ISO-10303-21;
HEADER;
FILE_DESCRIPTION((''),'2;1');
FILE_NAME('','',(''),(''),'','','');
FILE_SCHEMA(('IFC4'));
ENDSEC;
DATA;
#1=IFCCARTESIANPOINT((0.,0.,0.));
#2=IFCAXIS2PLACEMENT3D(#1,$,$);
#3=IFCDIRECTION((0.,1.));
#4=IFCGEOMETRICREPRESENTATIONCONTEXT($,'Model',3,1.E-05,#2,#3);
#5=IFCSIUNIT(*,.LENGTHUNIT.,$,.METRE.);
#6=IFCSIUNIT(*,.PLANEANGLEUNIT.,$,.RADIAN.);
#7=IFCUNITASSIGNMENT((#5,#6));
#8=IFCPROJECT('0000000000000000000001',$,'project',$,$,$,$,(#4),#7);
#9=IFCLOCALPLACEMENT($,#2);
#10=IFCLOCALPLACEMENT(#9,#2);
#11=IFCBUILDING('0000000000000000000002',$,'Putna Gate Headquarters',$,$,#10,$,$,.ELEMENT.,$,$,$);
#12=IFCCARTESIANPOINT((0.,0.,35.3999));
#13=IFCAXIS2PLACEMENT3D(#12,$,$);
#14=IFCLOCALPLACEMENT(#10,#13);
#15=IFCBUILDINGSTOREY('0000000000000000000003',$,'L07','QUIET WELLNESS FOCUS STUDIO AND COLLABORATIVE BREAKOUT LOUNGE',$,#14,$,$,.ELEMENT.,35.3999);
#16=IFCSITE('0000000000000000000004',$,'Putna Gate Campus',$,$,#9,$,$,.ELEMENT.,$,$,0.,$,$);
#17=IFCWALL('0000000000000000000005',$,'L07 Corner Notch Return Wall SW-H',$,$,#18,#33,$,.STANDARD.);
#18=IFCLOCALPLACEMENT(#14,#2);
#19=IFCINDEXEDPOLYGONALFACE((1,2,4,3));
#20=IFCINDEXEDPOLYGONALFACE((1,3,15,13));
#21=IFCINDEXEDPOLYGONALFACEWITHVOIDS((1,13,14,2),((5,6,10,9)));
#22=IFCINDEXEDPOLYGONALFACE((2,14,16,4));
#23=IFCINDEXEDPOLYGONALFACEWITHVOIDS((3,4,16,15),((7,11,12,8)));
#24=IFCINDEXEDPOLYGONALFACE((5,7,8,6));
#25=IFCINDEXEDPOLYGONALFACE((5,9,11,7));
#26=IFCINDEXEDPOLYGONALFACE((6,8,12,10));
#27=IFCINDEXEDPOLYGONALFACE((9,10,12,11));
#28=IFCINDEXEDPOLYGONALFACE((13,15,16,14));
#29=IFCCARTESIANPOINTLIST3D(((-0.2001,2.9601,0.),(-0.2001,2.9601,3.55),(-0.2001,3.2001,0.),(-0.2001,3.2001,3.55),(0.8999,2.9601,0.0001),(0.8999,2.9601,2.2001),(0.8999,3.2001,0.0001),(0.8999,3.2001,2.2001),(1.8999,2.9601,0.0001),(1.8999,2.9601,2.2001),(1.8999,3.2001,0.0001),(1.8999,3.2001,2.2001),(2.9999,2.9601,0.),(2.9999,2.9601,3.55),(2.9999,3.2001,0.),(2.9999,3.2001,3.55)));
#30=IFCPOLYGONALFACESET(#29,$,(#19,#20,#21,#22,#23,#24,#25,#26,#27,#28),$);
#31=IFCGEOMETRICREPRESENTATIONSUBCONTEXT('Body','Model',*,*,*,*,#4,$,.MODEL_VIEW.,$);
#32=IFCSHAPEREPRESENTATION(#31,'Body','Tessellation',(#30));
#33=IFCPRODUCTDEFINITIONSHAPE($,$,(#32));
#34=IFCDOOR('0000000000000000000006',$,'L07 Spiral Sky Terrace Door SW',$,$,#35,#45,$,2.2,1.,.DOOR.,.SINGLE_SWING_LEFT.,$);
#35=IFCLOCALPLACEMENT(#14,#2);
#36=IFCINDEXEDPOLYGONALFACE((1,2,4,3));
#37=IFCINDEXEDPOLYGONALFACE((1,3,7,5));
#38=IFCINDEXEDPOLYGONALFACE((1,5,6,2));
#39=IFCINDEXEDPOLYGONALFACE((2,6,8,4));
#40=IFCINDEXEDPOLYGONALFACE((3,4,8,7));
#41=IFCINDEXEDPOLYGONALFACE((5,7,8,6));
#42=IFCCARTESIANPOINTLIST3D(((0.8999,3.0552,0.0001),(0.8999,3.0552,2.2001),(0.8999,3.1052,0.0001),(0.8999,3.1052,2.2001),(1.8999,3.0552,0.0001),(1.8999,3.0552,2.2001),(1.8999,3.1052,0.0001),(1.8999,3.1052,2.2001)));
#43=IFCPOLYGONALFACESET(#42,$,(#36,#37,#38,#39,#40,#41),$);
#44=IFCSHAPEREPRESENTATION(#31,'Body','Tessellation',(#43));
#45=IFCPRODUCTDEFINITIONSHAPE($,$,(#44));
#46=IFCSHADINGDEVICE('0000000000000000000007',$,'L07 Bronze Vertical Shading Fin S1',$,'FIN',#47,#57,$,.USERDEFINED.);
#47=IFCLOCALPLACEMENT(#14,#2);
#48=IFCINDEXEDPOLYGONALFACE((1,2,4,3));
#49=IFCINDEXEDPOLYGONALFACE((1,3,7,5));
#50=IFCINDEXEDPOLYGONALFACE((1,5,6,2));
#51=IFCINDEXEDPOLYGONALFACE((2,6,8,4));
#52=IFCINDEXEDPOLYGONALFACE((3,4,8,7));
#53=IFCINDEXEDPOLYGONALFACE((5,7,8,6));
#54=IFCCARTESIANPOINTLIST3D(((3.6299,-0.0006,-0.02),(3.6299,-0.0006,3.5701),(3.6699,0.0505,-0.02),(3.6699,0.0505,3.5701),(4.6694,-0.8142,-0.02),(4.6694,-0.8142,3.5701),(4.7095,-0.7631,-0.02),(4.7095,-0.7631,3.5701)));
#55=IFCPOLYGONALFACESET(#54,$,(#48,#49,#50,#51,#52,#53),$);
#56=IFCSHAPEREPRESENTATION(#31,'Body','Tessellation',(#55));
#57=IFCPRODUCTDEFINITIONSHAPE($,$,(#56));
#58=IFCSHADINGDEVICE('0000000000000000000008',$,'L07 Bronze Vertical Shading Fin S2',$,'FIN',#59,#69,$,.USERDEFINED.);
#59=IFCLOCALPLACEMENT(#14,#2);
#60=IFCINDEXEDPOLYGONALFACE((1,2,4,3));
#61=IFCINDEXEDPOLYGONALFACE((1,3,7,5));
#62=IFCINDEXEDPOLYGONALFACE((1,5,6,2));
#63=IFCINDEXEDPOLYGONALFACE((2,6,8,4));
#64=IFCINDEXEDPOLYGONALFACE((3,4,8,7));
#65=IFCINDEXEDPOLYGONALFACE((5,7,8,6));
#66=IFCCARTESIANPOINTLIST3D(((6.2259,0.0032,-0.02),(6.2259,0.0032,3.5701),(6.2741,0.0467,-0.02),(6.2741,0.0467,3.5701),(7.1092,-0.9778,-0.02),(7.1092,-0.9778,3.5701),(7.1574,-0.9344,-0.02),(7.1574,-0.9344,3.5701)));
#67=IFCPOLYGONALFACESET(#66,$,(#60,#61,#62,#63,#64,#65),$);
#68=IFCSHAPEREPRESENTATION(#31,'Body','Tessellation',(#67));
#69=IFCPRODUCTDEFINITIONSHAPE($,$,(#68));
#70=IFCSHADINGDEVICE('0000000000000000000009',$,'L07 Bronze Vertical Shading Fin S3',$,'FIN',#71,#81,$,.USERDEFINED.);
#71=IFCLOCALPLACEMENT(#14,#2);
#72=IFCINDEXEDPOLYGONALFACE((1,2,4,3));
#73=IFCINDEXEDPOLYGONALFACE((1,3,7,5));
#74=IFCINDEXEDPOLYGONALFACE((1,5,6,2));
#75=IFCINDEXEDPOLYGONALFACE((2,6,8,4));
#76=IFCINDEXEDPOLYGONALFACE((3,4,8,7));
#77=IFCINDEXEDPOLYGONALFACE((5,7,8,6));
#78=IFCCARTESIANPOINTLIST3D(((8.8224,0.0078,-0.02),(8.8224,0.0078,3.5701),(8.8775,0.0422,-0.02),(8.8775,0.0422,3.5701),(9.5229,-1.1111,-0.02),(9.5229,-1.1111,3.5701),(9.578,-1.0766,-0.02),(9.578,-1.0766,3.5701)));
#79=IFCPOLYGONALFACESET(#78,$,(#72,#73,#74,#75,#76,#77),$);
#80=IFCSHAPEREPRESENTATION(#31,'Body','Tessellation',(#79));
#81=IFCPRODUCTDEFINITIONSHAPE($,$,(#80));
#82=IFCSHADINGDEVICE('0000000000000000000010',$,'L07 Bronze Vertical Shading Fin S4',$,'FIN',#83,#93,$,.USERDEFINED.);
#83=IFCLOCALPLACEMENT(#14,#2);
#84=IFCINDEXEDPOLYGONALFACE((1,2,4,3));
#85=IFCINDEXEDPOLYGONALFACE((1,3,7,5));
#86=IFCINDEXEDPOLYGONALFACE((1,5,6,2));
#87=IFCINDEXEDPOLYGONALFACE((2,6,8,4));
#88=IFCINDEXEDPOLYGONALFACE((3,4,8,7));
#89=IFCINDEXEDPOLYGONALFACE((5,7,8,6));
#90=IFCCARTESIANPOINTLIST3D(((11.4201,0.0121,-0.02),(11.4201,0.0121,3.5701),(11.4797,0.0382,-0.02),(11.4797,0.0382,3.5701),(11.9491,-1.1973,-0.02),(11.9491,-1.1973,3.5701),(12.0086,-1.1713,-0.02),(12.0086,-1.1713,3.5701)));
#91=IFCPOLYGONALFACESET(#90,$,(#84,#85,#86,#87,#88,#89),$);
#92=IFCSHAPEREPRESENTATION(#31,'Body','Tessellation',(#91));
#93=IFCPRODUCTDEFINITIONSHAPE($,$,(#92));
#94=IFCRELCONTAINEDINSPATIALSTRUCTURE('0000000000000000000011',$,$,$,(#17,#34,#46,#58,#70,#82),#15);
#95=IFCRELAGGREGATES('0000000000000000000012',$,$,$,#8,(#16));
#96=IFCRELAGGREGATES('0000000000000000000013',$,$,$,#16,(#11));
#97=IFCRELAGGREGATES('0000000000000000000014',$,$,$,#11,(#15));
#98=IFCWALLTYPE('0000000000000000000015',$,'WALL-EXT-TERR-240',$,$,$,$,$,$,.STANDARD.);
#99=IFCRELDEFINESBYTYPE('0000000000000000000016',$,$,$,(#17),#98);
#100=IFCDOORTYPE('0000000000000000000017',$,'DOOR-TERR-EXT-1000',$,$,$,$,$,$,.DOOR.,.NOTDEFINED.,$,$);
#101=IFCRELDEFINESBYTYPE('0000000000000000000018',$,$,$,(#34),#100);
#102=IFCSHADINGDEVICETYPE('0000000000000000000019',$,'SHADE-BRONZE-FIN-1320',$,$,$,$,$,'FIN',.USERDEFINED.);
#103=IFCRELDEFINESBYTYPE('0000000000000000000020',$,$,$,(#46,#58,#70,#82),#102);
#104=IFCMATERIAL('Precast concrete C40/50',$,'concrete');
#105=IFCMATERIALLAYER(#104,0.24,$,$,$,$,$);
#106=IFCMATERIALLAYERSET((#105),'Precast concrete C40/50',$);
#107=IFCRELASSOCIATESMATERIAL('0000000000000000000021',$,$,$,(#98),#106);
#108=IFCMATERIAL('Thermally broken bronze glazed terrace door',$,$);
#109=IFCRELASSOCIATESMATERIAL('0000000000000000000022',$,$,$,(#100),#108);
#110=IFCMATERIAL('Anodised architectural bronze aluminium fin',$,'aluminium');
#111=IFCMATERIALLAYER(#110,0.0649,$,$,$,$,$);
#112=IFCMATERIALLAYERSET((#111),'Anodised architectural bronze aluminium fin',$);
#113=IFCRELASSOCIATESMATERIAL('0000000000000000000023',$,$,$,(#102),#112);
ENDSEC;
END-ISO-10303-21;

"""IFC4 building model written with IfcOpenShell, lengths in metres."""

from ifc_helpers import new_model, si_unit, direction, frame, frame_2d, origin, origin_2d, place, context, subcontext, project, spatial, rectangle, extrude, material, layer, layer_set, type_object, element, fill, save


model = new_model("IFC4")

# Units and contexts
model_context = context("Model", 3, precision=1e-05, world=origin(), true_north=direction((0.0, 1.0)))
body_context = subcontext(model_context, "Body", "Model", "MODEL_VIEW")
ifc_project = project(units=[si_unit("LENGTHUNIT", "METRE"), si_unit("PLANEANGLEUNIT", "RADIAN")], contexts=[model_context])

# Site, building, storey
site_placement = place(None, origin())
site = spatial("IfcSite", under=ifc_project, at=site_placement, Name="Putna Gate Campus", CompositionType="ELEMENT", RefElevation=0.0)
building_placement = place(site_placement, origin())
building = spatial("IfcBuilding", under=site, at=building_placement, Name="Putna Gate Headquarters", CompositionType="ELEMENT")
storey_placement = place(building_placement, frame((0.0, 0.0, 35.3999)))
storey = spatial("IfcBuildingStorey", under=building, at=storey_placement, Name="L07", Description="QUIET WELLNESS FOCUS STUDIO AND COLLABORATIVE BREAKOUT LOUNGE", CompositionType="ELEMENT", Elevation=35.3999)

# Shared definitions
ifc_material_1 = material(Name="Precast concrete C40/50", Category="concrete")
ifc_layer_1 = layer(ifc_material_1, 0.24)
ifc_layer_set_1 = layer_set([ifc_layer_1], Name="Precast concrete C40/50")
wall_type = type_object("IfcWallType", Name="WALL-EXT-TERR-240", PredefinedType="STANDARD", material=ifc_layer_set_1)

# Wall, opening, door
wall_1_placement = place(storey_placement, frame((3.0, 3.0801, 0.0), z_axis=(0.0, 0.0, 1.0), x_axis=(-1.0, 0.0, 0.0)))
wall_1 = element("IfcWall", 1, at=wall_1_placement, inside=storey, type_object=wall_type, Name="L07 Corner Notch Return Wall SW-H", PredefinedType="STANDARD", context=body_context, shape_type="SweptSolid", body=[
    extrude(rectangle(XDim=3.2, YDim=0.24, at=frame_2d((1.6001, 0.0))), origin(), (0.0, 0.0, 1.0), 3.55),
])
opening_placement = place(wall_1_placement, frame((1.1001, 0.0, 0.0)))
opening = element("IfcOpeningElement", 2, at=opening_placement, cuts=wall_1, PredefinedType="OPENING", context=body_context, shape_type="SweptSolid", body=[
    extrude(rectangle(XDim=1.0, YDim=2.2, at=frame_2d((0.5, 1.1001))), frame((0.0, 0.1299, 0.0), z_axis=(0.0, -1.0, 0.0), x_axis=(1.0, 0.0, 0.0)), (0.0, 0.0, 1.0), 0.26),
])
ifc_material_2 = material(Name="Thermally broken bronze glazed terrace door")
door_type = type_object("IfcDoorType", Name="DOOR-TERR-EXT-1000", OperationType="NOTDEFINED", PredefinedType="DOOR", material=ifc_material_2)
door_placement = place(opening_placement, origin())
door = element("IfcDoor", 3, at=door_placement, inside=storey, type_object=door_type, Name="L07 Spiral Sky Terrace Door SW", OperationType="SINGLE_SWING_LEFT", OverallHeight=2.2, OverallWidth=1.0, PredefinedType="DOOR", context=body_context, shape_type="SweptSolid", body=[
    extrude(rectangle(XDim=1.0, YDim=2.2, at=frame_2d((0.5, 1.1001))), frame((0.0, 0.0249, 0.0), z_axis=(0.0, -1.0, 0.0), x_axis=(1.0, 0.0, 0.0)), (0.0, 0.0, 1.0), 0.05),
])
fill(opening, door)

# Shading devices
ifc_material_3 = material(Name="Anodised architectural bronze aluminium fin", Category="aluminium")
ifc_layer_2 = layer(ifc_material_3, 0.0649)
ifc_layer_set_2 = layer_set([ifc_layer_2], Name="Anodised architectural bronze aluminium fin")
shading_device_type = type_object("IfcShadingDeviceType", Name="SHADE-BRONZE-FIN-1320", ElementType="FIN", PredefinedType="USERDEFINED", material=ifc_layer_set_2)
for number, where, z_axis, x_axis, name in (
    (4, (4.1697, -0.3818, -0.02), (0.0, 0.0, 1.0), (0.787473, -0.616349, 0.0), "L07 Bronze Vertical Shading Fin S1"),
    (5, (6.6917, -0.4656, -0.02), (0.0, 0.0, 1.0), (0.669131, -0.743145, 0.0), "L07 Bronze Vertical Shading Fin S2"),
    (6, (9.2002, -0.5344, -0.02), (0.0, 0.0, 1.0), (0.530659, -0.847585, 0.0), "L07 Bronze Vertical Shading Fin S3"),
    (7, (11.7144, -0.5796, -0.02), (0.0, 0.0, 1.0), (0.400669, -0.916223, 0.0), "L07 Bronze Vertical Shading Fin S4"),
):
    element("IfcShadingDevice", number, at=place(storey_placement, frame(where, z_axis=z_axis, x_axis=x_axis)), inside=storey, type_object=shading_device_type, Name=name, ObjectType="FIN", PredefinedType="USERDEFINED", context=body_context, shape_type="SweptSolid", body=[
        extrude(rectangle(XDim=1.3201, YDim=0.0649, at=origin_2d()), origin(), (0.0, 0.0, 1.0), 3.5901),
    ])

save(model, "model.ifc")
